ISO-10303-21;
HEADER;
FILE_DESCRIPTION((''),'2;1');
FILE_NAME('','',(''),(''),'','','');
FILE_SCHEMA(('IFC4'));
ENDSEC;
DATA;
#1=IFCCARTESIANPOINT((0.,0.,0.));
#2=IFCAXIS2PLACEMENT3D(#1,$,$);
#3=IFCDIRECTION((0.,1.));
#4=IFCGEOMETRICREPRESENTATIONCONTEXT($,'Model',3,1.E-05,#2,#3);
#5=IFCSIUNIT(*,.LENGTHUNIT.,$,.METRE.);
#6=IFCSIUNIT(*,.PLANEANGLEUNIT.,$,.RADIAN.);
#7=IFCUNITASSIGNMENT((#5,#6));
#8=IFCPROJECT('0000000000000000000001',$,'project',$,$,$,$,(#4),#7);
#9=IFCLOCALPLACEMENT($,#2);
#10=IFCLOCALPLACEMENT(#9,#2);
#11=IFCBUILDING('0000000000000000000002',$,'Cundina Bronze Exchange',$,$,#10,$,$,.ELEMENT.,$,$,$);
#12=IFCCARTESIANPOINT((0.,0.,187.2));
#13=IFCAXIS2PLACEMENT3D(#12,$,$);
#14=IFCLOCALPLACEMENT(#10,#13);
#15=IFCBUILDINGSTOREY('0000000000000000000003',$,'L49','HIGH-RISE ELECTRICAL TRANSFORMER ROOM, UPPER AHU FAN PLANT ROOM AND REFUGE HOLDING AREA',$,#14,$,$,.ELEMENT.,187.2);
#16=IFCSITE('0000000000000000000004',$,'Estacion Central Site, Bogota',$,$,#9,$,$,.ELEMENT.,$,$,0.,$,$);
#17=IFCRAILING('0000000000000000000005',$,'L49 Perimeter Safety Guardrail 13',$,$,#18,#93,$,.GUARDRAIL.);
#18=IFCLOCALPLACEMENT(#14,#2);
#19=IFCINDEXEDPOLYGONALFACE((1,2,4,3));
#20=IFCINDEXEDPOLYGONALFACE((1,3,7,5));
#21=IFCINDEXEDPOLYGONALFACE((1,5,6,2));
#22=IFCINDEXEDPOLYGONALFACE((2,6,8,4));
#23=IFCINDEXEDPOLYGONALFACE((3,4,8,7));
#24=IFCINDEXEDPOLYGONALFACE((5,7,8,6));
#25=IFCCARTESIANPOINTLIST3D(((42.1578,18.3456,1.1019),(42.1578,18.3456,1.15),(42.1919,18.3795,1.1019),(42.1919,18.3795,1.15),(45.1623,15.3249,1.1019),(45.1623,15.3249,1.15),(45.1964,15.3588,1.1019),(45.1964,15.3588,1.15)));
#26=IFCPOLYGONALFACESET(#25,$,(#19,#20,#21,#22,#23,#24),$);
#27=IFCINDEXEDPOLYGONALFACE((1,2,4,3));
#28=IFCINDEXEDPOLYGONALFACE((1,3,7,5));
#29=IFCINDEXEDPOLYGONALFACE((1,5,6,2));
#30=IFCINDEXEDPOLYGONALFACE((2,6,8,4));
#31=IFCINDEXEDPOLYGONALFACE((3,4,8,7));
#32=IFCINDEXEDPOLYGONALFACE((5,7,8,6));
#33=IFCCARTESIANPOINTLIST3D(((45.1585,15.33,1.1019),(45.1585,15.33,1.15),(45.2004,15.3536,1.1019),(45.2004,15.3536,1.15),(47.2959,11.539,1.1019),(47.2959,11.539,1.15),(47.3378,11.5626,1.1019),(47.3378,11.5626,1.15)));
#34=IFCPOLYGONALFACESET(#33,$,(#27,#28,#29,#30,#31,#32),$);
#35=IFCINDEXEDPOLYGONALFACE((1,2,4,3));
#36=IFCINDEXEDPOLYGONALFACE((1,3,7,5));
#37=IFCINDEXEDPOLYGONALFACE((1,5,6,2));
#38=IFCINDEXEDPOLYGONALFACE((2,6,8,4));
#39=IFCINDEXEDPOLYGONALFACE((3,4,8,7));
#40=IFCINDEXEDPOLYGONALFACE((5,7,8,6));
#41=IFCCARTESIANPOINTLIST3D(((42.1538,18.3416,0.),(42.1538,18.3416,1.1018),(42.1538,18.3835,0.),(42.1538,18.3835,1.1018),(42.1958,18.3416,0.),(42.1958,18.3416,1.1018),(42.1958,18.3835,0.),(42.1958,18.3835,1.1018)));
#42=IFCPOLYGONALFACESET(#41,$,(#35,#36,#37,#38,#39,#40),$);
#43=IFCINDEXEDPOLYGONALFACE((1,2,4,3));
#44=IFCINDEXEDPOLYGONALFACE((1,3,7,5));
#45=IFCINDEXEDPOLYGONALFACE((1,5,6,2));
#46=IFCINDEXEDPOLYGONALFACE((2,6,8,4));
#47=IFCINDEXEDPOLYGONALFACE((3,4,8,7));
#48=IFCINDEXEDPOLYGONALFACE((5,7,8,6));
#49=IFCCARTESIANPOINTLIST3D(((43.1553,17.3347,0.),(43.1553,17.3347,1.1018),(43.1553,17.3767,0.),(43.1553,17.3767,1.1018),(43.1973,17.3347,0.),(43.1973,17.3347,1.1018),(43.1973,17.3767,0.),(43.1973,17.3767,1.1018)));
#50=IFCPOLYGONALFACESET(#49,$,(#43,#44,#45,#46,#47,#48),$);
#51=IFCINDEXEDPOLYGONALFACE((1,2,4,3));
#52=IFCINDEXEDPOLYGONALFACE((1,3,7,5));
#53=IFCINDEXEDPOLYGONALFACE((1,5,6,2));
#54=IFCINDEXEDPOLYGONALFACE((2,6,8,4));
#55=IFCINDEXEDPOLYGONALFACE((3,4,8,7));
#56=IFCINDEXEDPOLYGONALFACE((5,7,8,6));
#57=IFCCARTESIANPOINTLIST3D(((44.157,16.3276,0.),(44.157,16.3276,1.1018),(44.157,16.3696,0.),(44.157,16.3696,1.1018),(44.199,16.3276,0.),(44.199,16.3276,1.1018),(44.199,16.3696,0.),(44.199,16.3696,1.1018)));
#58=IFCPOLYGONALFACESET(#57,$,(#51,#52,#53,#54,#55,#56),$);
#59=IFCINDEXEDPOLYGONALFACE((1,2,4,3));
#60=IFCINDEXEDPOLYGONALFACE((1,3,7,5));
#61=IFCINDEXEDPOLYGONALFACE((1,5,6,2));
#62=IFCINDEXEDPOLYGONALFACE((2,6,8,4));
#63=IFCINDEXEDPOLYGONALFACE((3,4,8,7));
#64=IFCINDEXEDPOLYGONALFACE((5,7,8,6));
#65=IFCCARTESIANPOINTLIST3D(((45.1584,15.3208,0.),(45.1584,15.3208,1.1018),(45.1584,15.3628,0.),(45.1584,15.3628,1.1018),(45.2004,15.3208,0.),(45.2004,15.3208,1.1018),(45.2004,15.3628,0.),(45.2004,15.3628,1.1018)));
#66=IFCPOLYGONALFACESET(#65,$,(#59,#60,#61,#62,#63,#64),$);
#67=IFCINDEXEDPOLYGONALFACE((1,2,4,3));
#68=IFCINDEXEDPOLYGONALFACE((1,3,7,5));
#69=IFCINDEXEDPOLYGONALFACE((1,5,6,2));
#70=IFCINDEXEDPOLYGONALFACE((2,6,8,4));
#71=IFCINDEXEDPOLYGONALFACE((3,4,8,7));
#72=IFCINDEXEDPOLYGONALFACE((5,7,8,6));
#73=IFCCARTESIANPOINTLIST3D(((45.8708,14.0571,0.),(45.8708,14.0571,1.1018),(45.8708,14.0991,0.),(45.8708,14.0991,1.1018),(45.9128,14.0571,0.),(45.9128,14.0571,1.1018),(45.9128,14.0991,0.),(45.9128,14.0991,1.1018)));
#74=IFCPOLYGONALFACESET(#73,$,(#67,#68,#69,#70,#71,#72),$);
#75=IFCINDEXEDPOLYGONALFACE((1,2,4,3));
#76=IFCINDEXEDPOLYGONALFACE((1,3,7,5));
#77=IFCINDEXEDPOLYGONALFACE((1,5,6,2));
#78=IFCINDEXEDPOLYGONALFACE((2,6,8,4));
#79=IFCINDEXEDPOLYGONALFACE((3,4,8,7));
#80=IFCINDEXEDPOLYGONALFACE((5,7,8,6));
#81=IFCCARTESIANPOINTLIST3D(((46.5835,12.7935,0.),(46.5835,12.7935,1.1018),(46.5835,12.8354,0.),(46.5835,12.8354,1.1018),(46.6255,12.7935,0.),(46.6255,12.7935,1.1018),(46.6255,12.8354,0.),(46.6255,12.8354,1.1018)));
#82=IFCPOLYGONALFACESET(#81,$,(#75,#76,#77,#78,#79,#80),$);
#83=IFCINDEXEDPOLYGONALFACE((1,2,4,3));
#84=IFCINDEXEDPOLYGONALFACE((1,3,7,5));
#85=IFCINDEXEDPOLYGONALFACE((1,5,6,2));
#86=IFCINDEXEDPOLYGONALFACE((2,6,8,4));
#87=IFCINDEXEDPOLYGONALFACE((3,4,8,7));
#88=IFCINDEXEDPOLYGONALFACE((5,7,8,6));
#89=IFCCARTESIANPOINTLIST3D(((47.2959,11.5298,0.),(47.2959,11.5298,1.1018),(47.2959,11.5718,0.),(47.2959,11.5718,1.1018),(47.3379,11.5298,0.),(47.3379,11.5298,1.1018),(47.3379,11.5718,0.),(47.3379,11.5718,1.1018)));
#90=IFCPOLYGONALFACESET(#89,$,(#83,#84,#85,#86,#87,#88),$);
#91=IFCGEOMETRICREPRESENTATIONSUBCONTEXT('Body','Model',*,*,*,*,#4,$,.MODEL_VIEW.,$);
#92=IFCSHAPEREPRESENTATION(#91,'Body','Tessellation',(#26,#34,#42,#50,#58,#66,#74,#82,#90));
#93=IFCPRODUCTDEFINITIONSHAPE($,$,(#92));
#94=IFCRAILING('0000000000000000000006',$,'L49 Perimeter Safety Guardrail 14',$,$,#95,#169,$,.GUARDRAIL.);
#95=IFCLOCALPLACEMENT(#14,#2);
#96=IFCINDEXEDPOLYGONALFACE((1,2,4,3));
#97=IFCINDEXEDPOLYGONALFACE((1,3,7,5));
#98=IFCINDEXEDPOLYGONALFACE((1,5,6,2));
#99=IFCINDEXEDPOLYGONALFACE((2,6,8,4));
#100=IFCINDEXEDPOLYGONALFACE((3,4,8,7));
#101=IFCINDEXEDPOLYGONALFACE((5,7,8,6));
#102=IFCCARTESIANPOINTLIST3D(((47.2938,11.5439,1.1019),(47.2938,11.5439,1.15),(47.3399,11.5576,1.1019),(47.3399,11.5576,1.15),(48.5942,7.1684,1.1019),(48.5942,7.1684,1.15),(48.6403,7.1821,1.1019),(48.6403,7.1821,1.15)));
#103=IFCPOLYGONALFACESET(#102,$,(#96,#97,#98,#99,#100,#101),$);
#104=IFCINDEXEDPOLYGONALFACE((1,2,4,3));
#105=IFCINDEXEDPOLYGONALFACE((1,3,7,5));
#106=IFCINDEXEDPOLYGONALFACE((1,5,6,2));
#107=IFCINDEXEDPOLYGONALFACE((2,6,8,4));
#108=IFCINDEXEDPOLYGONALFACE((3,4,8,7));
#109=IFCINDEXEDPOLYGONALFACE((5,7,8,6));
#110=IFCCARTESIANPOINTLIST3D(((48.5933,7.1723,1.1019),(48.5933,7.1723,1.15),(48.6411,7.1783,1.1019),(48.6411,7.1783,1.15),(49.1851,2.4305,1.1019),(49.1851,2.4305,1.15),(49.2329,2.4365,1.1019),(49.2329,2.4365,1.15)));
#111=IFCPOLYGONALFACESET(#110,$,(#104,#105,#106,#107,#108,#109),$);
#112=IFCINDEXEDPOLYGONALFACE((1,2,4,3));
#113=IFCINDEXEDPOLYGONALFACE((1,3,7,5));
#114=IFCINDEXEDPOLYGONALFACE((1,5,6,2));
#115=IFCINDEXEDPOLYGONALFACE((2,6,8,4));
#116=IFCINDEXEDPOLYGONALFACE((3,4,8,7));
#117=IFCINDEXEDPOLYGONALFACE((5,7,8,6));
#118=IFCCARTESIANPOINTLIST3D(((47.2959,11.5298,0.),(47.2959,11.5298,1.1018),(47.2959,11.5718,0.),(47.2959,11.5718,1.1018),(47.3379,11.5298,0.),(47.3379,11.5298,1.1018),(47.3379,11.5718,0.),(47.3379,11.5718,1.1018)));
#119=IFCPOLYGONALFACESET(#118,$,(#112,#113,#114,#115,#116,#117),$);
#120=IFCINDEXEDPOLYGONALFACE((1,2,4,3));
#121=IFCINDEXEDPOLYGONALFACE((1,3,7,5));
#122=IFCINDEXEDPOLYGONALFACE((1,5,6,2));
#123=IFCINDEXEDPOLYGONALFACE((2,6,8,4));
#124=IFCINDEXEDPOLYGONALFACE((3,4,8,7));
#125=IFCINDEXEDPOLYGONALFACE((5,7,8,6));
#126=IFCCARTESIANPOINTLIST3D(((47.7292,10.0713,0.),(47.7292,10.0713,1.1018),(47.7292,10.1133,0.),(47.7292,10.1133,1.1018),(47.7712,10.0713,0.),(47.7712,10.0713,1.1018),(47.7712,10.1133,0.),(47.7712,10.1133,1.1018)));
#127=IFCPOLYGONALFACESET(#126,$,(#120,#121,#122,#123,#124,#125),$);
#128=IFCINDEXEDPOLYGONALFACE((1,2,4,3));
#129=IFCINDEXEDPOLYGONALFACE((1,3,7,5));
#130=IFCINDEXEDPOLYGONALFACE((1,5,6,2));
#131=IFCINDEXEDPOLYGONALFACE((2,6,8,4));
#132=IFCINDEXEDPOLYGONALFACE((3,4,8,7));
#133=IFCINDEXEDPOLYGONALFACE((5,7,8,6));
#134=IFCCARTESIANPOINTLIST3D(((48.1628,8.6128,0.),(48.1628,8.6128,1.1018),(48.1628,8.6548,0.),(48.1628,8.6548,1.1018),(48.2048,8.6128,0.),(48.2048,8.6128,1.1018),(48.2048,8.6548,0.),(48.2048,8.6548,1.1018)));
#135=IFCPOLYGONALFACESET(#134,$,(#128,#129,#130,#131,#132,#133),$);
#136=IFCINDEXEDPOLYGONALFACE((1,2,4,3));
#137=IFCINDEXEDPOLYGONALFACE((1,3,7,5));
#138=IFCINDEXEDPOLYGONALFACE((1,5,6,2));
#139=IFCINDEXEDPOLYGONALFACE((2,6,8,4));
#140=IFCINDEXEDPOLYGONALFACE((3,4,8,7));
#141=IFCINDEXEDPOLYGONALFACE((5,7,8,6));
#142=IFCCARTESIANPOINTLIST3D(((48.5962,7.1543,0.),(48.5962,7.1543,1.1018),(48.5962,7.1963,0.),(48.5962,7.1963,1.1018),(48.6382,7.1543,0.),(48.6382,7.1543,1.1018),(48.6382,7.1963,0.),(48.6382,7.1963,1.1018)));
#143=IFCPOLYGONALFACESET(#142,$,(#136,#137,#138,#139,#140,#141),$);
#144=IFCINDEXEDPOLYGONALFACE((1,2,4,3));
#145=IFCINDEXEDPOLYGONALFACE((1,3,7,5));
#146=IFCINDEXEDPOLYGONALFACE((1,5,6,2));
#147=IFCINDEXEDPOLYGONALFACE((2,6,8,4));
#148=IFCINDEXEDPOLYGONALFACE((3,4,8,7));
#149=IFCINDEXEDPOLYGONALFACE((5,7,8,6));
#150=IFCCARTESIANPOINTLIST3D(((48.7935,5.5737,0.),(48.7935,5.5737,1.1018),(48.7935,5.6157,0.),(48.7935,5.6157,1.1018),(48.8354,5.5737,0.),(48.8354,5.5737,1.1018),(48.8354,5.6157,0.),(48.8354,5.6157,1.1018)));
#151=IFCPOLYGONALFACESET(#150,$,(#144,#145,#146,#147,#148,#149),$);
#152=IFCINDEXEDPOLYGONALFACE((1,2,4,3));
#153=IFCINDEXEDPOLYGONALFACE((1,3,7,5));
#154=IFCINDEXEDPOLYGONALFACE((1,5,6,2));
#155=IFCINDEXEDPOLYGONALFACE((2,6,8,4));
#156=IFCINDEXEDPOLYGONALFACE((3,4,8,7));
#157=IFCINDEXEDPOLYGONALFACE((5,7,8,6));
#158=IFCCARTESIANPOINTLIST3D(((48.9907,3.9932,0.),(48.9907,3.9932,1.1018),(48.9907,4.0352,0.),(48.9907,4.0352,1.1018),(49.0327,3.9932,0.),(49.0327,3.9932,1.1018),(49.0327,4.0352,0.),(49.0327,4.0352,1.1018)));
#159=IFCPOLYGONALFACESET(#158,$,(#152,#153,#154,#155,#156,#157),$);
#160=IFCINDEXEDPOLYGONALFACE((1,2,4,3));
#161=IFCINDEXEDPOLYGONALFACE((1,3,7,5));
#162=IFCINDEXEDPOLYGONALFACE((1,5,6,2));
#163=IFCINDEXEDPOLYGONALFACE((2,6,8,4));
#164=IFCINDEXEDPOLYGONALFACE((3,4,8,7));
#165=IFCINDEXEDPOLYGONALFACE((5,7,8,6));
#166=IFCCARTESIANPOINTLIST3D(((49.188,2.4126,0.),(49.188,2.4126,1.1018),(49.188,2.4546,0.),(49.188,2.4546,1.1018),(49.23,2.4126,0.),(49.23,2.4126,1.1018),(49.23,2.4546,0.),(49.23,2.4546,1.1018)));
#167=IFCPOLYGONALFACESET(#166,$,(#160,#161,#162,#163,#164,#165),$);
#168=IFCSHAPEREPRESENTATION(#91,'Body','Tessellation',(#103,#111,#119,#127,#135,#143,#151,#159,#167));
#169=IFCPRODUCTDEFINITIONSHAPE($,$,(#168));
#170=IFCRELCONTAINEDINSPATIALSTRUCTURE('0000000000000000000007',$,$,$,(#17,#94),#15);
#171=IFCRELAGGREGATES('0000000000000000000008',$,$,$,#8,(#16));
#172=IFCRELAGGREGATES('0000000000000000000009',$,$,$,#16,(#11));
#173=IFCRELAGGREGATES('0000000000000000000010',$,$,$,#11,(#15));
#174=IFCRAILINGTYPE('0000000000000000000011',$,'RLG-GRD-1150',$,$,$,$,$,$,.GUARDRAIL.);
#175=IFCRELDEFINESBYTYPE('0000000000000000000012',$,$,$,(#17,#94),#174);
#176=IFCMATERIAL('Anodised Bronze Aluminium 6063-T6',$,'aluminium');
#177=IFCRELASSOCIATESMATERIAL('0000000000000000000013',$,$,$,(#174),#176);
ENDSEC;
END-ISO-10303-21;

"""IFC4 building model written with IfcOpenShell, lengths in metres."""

from ifc_helpers import new_model, si_unit, direction, frame, origin, origin_2d, place, context, subcontext, project, spatial, rectangle, extrude, material, type_object, element, save


model = new_model("IFC4")

# Units and contexts
model_context = context("Model", 3, precision=1e-05, world=origin(), true_north=direction((0.0, 1.0)))
body_context = subcontext(model_context, "Body", "Model", "MODEL_VIEW")
ifc_project = project(units=[si_unit("LENGTHUNIT", "METRE"), si_unit("PLANEANGLEUNIT", "RADIAN")], contexts=[model_context])

# Site, building, storey
site_placement = place(None, origin())
site = spatial("IfcSite", under=ifc_project, at=site_placement, Name="Estacion Central Site, Bogota", CompositionType="ELEMENT", RefElevation=0.0)
building_placement = place(site_placement, origin())
building = spatial("IfcBuilding", under=site, at=building_placement, Name="Cundina Bronze Exchange", CompositionType="ELEMENT")
storey_placement = place(building_placement, frame((0.0, 0.0, 187.2)))
storey = spatial("IfcBuildingStorey", under=building, at=storey_placement, Name="L49", Description="HIGH-RISE ELECTRICAL TRANSFORMER ROOM, UPPER AHU FAN PLANT ROOM AND REFUGE HOLDING AREA", CompositionType="ELEMENT", Elevation=187.2)

# Railings
ifc_material_1 = material(Name="Anodised Bronze Aluminium 6063-T6", Category="aluminium")
railing_type = type_object("IfcRailingType", Name="RLG-GRD-1150", PredefinedType="GUARDRAIL", material=ifc_material_1)
railing_1_placement = place(storey_placement, frame((42.1748, 18.3625, 0.0)))
element("IfcRailing", 1, at=railing_1_placement, inside=storey, type_object=railing_type, Name="L49 Perimeter Safety Guardrail 13", PredefinedType="GUARDRAIL", context=body_context, shape_type="SweptSolid", body=[
    extrude(rectangle(XDim=0.0481, YDim=0.0481, at=origin_2d()), frame((0.0, 0.0, 1.126), z_axis=(0.705213, -0.708995, 0.0), x_axis=(0.708995, 0.705213, 0.0)), (0.0, 0.0, 1.0), 4.2605),
    extrude(rectangle(XDim=0.0481, YDim=0.0481, at=origin_2d()), frame((3.0046, -3.0208, 1.126), z_axis=(0.491135, -0.871084, 0.0), x_axis=(0.871084, 0.491135, 0.0)), (0.0, 0.0, 1.0), 4.3521),
    extrude(rectangle(XDim=0.042, YDim=0.042, at=origin_2d()), origin(), (0.0, 0.0, 1.0), 1.1018),
    extrude(rectangle(XDim=0.042, YDim=0.042, at=origin_2d()), frame((1.0015, -1.0068, 0.0)), (0.0, 0.0, 1.0), 1.1018),
    extrude(rectangle(XDim=0.042, YDim=0.042, at=origin_2d()), frame((2.0032, -2.0139, 0.0)), (0.0, 0.0, 1.0), 1.1018),
    extrude(rectangle(XDim=0.042, YDim=0.042, at=origin_2d()), frame((3.0046, -3.0208, 0.0)), (0.0, 0.0, 1.0), 1.1018),
    extrude(rectangle(XDim=0.042, YDim=0.042, at=origin_2d()), frame((3.717, -4.2844, 0.0)), (0.0, 0.0, 1.0), 1.1018),
    extrude(rectangle(XDim=0.042, YDim=0.042, at=origin_2d()), frame((4.4297, -5.5481, 0.0)), (0.0, 0.0, 1.0), 1.1018),
    extrude(rectangle(XDim=0.042, YDim=0.042, at=origin_2d()), frame((5.1421, -6.8118, 0.0)), (0.0, 0.0, 1.0), 1.1018),
])
railing_2_placement = place(storey_placement, frame((47.3169, 11.5508, 0.0)))
element("IfcRailing", 2, at=railing_2_placement, inside=storey, type_object=railing_type, Name="L49 Perimeter Safety Guardrail 14", PredefinedType="GUARDRAIL", context=body_context, shape_type="SweptSolid", body=[
    extrude(rectangle(XDim=0.0481, YDim=0.0481, at=origin_2d()), frame((0.0, 0.0, 1.126), z_axis=(0.284864, -0.958568, 0.0), x_axis=(0.958568, 0.284864, 0.0)), (0.0, 0.0, 1.0), 4.5647),
    extrude(rectangle(XDim=0.0481, YDim=0.0481, at=origin_2d()), frame((1.3003, -4.3755, 1.126), z_axis=(0.123846, -0.992301, 0.0), x_axis=(0.992301, 0.123846, 0.0)), (0.0, 0.0, 1.0), 4.7786),
    extrude(rectangle(XDim=0.042, YDim=0.042, at=origin_2d()), origin(), (0.0, 0.0, 1.0), 1.1018),
    extrude(rectangle(XDim=0.042, YDim=0.042, at=origin_2d()), frame((0.4333, -1.4585, 0.0)), (0.0, 0.0, 1.0), 1.1018),
    extrude(rectangle(XDim=0.042, YDim=0.042, at=origin_2d()), frame((0.8669, -2.917, 0.0)), (0.0, 0.0, 1.0), 1.1018),
    extrude(rectangle(XDim=0.042, YDim=0.042, at=origin_2d()), frame((1.3003, -4.3755, 0.0)), (0.0, 0.0, 1.0), 1.1018),
    extrude(rectangle(XDim=0.042, YDim=0.042, at=origin_2d()), frame((1.4976, -5.9561, 0.0)), (0.0, 0.0, 1.0), 1.1018),
    extrude(rectangle(XDim=0.042, YDim=0.042, at=origin_2d()), frame((1.6948, -7.5366, 0.0)), (0.0, 0.0, 1.0), 1.1018),
    extrude(rectangle(XDim=0.042, YDim=0.042, at=origin_2d()), frame((1.8921, -9.1172, 0.0)), (0.0, 0.0, 1.0), 1.1018),
])

save(model, "model.ifc")
